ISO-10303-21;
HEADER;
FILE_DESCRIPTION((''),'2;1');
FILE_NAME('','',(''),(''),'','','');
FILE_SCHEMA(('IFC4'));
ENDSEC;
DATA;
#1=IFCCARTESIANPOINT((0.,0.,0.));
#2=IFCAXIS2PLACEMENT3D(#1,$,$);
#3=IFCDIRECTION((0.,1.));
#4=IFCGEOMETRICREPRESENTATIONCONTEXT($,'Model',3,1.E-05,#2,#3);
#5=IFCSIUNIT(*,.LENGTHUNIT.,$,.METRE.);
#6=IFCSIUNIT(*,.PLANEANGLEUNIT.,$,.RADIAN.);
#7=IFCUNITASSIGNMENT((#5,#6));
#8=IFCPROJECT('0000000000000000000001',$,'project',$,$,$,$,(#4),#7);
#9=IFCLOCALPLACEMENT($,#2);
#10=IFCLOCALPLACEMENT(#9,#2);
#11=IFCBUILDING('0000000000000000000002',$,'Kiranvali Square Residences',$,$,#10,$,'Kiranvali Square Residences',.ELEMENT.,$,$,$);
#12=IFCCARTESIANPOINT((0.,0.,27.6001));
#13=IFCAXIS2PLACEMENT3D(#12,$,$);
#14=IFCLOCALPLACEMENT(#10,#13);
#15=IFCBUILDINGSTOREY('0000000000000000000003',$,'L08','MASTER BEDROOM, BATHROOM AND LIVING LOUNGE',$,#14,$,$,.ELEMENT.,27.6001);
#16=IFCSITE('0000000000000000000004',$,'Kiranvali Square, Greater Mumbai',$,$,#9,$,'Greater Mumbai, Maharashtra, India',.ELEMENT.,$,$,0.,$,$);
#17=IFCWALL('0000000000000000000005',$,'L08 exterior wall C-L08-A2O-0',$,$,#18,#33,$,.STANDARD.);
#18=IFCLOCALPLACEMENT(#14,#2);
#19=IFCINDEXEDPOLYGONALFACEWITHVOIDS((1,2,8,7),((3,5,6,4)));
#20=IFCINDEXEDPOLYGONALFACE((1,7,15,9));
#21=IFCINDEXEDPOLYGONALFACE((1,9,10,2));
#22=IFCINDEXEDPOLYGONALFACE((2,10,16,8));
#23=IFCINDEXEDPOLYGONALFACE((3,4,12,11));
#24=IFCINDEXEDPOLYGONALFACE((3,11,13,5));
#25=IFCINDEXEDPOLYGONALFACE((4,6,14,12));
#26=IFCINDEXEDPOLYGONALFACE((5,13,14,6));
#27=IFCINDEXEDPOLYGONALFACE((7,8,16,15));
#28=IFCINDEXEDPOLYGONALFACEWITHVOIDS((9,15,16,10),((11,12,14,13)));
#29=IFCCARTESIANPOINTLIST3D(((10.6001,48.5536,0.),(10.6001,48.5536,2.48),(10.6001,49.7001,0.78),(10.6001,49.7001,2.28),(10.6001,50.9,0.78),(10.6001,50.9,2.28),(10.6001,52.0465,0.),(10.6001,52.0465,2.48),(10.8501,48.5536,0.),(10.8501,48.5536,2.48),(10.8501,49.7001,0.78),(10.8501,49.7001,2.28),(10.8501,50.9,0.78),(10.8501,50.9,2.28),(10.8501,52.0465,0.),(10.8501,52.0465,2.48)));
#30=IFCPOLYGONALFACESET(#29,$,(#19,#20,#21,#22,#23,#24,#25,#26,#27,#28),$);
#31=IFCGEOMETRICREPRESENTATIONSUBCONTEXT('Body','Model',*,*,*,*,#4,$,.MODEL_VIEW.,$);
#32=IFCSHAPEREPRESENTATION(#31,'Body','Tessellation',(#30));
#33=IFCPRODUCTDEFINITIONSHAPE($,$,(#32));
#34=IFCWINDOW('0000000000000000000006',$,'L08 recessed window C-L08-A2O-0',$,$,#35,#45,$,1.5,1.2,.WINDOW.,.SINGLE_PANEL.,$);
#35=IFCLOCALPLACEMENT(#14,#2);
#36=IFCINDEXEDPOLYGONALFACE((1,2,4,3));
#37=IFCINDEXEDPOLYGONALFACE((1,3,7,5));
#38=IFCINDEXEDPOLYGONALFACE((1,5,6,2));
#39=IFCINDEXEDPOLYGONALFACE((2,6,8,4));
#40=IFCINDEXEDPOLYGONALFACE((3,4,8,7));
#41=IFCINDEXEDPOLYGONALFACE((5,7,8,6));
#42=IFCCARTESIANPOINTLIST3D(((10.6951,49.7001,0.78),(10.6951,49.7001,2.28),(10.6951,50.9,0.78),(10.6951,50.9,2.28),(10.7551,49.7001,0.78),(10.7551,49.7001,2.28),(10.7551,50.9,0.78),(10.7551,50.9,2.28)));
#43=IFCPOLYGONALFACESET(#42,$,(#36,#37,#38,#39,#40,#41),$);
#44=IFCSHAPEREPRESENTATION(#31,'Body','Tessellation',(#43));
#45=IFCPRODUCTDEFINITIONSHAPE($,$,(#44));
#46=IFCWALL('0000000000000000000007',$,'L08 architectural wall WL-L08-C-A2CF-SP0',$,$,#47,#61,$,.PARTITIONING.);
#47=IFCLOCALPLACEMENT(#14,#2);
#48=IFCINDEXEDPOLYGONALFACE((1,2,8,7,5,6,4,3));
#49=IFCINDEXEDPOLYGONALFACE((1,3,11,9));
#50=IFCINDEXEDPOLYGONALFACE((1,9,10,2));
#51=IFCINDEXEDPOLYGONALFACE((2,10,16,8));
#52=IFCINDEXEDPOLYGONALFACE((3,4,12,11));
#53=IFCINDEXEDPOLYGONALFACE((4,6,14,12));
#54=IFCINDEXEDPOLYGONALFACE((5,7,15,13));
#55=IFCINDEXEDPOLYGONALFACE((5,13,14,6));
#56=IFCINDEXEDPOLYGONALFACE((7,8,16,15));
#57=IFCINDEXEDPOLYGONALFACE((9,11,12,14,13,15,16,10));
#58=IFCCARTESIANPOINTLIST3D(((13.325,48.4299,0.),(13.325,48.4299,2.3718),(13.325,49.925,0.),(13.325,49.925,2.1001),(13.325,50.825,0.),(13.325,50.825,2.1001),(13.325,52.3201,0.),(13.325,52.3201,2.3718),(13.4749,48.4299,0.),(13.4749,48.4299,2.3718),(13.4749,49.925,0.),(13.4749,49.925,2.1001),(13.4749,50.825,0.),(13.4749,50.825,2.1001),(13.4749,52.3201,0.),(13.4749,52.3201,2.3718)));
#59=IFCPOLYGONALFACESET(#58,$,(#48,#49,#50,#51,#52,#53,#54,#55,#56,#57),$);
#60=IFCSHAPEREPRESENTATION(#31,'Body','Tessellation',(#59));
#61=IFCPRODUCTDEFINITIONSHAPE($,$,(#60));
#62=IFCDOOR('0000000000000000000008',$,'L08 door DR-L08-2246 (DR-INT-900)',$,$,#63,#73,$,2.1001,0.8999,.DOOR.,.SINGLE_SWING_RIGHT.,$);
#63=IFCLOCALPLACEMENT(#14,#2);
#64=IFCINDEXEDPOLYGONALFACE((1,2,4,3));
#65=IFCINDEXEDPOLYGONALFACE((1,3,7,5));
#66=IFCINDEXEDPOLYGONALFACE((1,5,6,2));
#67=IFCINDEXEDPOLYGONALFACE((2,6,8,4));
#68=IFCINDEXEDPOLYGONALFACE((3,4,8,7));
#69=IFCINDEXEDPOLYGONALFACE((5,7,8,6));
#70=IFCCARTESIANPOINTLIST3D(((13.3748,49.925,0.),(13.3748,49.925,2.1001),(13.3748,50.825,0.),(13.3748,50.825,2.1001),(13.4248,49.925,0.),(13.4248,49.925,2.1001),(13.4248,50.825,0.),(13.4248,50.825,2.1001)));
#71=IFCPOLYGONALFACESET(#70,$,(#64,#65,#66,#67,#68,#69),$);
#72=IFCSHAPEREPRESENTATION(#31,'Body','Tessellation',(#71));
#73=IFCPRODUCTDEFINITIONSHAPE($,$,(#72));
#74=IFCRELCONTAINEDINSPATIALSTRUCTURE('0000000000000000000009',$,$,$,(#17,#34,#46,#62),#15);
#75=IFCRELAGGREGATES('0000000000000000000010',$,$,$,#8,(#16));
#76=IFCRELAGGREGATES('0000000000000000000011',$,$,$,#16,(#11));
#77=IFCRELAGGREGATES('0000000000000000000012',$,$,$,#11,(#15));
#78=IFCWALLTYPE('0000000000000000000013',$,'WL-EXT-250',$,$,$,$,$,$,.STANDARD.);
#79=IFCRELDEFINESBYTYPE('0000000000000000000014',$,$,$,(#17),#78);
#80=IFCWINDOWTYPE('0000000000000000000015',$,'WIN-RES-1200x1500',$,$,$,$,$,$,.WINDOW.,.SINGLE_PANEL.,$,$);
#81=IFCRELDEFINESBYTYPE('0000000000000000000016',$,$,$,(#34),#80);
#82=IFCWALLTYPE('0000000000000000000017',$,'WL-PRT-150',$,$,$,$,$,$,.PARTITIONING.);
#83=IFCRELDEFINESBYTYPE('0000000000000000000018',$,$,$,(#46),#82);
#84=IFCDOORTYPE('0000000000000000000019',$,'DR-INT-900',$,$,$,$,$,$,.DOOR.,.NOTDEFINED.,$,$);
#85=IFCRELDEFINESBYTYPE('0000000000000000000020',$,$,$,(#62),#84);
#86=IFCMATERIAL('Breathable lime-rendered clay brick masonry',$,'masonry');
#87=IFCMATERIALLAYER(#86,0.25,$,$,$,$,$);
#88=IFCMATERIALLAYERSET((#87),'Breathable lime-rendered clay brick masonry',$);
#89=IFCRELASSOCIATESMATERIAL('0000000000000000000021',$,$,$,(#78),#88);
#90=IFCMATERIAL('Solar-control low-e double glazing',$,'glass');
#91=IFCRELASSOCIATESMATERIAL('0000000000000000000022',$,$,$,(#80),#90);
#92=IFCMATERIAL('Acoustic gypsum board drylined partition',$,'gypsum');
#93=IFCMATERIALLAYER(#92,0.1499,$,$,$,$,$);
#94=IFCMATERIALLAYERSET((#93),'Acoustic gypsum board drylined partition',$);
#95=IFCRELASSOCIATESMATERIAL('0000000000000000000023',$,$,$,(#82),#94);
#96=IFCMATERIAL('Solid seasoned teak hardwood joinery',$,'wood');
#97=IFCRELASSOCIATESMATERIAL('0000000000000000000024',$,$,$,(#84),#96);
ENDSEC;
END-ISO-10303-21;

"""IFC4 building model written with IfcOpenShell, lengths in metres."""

from ifc_helpers import new_model, si_unit, direction, frame, frame_2d, origin, place, context, subcontext, project, spatial, rectangle, extrude, material, layer, layer_set, type_object, element, fill, save


model = new_model("IFC4")

# Units and contexts
model_context = context("Model", 3, precision=1e-05, world=origin(), true_north=direction((0.0, 1.0)))
body_context = subcontext(model_context, "Body", "Model", "MODEL_VIEW")
ifc_project = project(units=[si_unit("LENGTHUNIT", "METRE"), si_unit("PLANEANGLEUNIT", "RADIAN")], contexts=[model_context])

# Site, building, storey
site_placement = place(None, origin())
site = spatial("IfcSite", under=ifc_project, at=site_placement, Name="Kiranvali Square, Greater Mumbai", LongName="Greater Mumbai, Maharashtra, India", CompositionType="ELEMENT", RefElevation=0.0)
building_placement = place(site_placement, origin())
building = spatial("IfcBuilding", under=site, at=building_placement, Name="Kiranvali Square Residences", LongName="Kiranvali Square Residences", CompositionType="ELEMENT")
storey_placement = place(building_placement, frame((0.0, 0.0, 27.6001)))
storey = spatial("IfcBuildingStorey", under=building, at=storey_placement, Name="L08", Description="MASTER BEDROOM, BATHROOM AND LIVING LOUNGE", CompositionType="ELEMENT", Elevation=27.6001)

# Wall, opening, window
ifc_material_1 = material(Name="Breathable lime-rendered clay brick masonry", Category="masonry")
ifc_layer_1 = layer(ifc_material_1, 0.25)
ifc_layer_set_1 = layer_set([ifc_layer_1], Name="Breathable lime-rendered clay brick masonry")
wall_type_1 = type_object("IfcWallType", Name="WL-EXT-250", PredefinedType="STANDARD", material=ifc_layer_set_1)
wall_1_placement = place(storey_placement, frame((10.7251, 48.5535, 0.0), z_axis=(0.0, 0.0, 1.0), x_axis=(0.0, 1.0, 0.0)))
wall_1 = element("IfcWall", 1, at=wall_1_placement, inside=storey, type_object=wall_type_1, Name="L08 exterior wall C-L08-A2O-0", PredefinedType="STANDARD", context=body_context, shape_type="SweptSolid", body=[
    extrude(rectangle(XDim=3.4929, YDim=0.25, at=frame_2d((1.7466, 0.0))), origin(), (0.0, 0.0, 1.0), 2.48),
])
opening_1_placement = place(wall_1_placement, frame((1.1465, 0.0, 0.78)))
opening_1 = element("IfcOpeningElement", 2, at=opening_1_placement, cuts=wall_1, PredefinedType="OPENING", context=body_context, shape_type="SweptSolid", body=[
    extrude(rectangle(XDim=1.2, YDim=1.5, at=frame_2d((0.6001, 0.75))), frame((0.0, 0.135, 0.0), z_axis=(0.0, -1.0, 0.0), x_axis=(1.0, 0.0, 0.0)), (0.0, 0.0, 1.0), 0.27),
])
ifc_material_2 = material(Name="Solar-control low-e double glazing", Category="glass")
window_type = type_object("IfcWindowType", Name="WIN-RES-1200x1500", PartitioningType="SINGLE_PANEL", PredefinedType="WINDOW", material=ifc_material_2)
window_placement = place(opening_1_placement, origin())
window = element("IfcWindow", 3, at=window_placement, inside=storey, type_object=window_type, Name="L08 recessed window C-L08-A2O-0", OverallHeight=1.5, OverallWidth=1.2, PartitioningType="SINGLE_PANEL", PredefinedType="WINDOW", context=body_context, shape_type="SweptSolid", body=[
    extrude(rectangle(XDim=1.2, YDim=1.5, at=frame_2d((0.6001, 0.75))), frame((0.0, 0.03, 0.0), z_axis=(0.0, -1.0, 0.0), x_axis=(1.0, 0.0, 0.0)), (0.0, 0.0, 1.0), 0.0601),
])
fill(opening_1, window)

# Wall, opening, door
ifc_material_3 = material(Name="Acoustic gypsum board drylined partition", Category="gypsum")
ifc_layer_2 = layer(ifc_material_3, 0.1499)
ifc_layer_set_2 = layer_set([ifc_layer_2], Name="Acoustic gypsum board drylined partition")
wall_type_2 = type_object("IfcWallType", Name="WL-PRT-150", PredefinedType="PARTITIONING", material=ifc_layer_set_2)
wall_2_placement = place(storey_placement, frame((13.3999, 48.4299, 0.0), z_axis=(0.0, 0.0, 1.0), x_axis=(0.0, 1.0, 0.0)))
wall_2 = element("IfcWall", 4, at=wall_2_placement, inside=storey, type_object=wall_type_2, Name="L08 architectural wall WL-L08-C-A2CF-SP0", PredefinedType="PARTITIONING", context=body_context, shape_type="SweptSolid", body=[
    extrude(rectangle(XDim=3.8901, YDim=0.1499, at=frame_2d((1.9451, 0.0))), origin(), (0.0, 0.0, 1.0), 2.3718),
])
opening_2_placement = place(wall_2_placement, frame((1.4951, 0.0, 0.0)))
opening_2 = element("IfcOpeningElement", 5, at=opening_2_placement, cuts=wall_2, PredefinedType="OPENING", context=body_context, shape_type="SweptSolid", body=[
    extrude(rectangle(XDim=0.8999, YDim=2.1001, at=frame_2d((0.45, 1.05))), frame((0.0, 0.085, 0.0), z_axis=(0.0, -1.0, 0.0), x_axis=(1.0, 0.0, 0.0)), (0.0, 0.0, 1.0), 0.1699),
])
ifc_material_4 = material(Name="Solid seasoned teak hardwood joinery", Category="wood")
door_type_1 = type_object("IfcDoorType", Name="DR-INT-900", OperationType="NOTDEFINED", PredefinedType="DOOR", material=ifc_material_4)
door_1_placement = place(opening_2_placement, frame((0.8999, 0.0, 0.0), z_axis=(0.0, 0.0, 1.0), x_axis=(-1.0, 0.0, 0.0)))
door_1 = element("IfcDoor", 6, at=door_1_placement, inside=storey, type_object=door_type_1, Name="L08 door DR-L08-2246 (DR-INT-900)", OperationType="SINGLE_SWING_RIGHT", OverallHeight=2.1001, OverallWidth=0.8999, PredefinedType="DOOR", context=body_context, shape_type="SweptSolid", body=[
    extrude(rectangle(XDim=0.8999, YDim=2.1001, at=frame_2d((0.45, 1.05))), frame((0.0, 0.0249, 0.0), z_axis=(0.0, -1.0, 0.0), x_axis=(1.0, 0.0, 0.0)), (0.0, 0.0, 1.0), 0.05),
])
fill(opening_2, door_1)

save(model, "model.ifc")
